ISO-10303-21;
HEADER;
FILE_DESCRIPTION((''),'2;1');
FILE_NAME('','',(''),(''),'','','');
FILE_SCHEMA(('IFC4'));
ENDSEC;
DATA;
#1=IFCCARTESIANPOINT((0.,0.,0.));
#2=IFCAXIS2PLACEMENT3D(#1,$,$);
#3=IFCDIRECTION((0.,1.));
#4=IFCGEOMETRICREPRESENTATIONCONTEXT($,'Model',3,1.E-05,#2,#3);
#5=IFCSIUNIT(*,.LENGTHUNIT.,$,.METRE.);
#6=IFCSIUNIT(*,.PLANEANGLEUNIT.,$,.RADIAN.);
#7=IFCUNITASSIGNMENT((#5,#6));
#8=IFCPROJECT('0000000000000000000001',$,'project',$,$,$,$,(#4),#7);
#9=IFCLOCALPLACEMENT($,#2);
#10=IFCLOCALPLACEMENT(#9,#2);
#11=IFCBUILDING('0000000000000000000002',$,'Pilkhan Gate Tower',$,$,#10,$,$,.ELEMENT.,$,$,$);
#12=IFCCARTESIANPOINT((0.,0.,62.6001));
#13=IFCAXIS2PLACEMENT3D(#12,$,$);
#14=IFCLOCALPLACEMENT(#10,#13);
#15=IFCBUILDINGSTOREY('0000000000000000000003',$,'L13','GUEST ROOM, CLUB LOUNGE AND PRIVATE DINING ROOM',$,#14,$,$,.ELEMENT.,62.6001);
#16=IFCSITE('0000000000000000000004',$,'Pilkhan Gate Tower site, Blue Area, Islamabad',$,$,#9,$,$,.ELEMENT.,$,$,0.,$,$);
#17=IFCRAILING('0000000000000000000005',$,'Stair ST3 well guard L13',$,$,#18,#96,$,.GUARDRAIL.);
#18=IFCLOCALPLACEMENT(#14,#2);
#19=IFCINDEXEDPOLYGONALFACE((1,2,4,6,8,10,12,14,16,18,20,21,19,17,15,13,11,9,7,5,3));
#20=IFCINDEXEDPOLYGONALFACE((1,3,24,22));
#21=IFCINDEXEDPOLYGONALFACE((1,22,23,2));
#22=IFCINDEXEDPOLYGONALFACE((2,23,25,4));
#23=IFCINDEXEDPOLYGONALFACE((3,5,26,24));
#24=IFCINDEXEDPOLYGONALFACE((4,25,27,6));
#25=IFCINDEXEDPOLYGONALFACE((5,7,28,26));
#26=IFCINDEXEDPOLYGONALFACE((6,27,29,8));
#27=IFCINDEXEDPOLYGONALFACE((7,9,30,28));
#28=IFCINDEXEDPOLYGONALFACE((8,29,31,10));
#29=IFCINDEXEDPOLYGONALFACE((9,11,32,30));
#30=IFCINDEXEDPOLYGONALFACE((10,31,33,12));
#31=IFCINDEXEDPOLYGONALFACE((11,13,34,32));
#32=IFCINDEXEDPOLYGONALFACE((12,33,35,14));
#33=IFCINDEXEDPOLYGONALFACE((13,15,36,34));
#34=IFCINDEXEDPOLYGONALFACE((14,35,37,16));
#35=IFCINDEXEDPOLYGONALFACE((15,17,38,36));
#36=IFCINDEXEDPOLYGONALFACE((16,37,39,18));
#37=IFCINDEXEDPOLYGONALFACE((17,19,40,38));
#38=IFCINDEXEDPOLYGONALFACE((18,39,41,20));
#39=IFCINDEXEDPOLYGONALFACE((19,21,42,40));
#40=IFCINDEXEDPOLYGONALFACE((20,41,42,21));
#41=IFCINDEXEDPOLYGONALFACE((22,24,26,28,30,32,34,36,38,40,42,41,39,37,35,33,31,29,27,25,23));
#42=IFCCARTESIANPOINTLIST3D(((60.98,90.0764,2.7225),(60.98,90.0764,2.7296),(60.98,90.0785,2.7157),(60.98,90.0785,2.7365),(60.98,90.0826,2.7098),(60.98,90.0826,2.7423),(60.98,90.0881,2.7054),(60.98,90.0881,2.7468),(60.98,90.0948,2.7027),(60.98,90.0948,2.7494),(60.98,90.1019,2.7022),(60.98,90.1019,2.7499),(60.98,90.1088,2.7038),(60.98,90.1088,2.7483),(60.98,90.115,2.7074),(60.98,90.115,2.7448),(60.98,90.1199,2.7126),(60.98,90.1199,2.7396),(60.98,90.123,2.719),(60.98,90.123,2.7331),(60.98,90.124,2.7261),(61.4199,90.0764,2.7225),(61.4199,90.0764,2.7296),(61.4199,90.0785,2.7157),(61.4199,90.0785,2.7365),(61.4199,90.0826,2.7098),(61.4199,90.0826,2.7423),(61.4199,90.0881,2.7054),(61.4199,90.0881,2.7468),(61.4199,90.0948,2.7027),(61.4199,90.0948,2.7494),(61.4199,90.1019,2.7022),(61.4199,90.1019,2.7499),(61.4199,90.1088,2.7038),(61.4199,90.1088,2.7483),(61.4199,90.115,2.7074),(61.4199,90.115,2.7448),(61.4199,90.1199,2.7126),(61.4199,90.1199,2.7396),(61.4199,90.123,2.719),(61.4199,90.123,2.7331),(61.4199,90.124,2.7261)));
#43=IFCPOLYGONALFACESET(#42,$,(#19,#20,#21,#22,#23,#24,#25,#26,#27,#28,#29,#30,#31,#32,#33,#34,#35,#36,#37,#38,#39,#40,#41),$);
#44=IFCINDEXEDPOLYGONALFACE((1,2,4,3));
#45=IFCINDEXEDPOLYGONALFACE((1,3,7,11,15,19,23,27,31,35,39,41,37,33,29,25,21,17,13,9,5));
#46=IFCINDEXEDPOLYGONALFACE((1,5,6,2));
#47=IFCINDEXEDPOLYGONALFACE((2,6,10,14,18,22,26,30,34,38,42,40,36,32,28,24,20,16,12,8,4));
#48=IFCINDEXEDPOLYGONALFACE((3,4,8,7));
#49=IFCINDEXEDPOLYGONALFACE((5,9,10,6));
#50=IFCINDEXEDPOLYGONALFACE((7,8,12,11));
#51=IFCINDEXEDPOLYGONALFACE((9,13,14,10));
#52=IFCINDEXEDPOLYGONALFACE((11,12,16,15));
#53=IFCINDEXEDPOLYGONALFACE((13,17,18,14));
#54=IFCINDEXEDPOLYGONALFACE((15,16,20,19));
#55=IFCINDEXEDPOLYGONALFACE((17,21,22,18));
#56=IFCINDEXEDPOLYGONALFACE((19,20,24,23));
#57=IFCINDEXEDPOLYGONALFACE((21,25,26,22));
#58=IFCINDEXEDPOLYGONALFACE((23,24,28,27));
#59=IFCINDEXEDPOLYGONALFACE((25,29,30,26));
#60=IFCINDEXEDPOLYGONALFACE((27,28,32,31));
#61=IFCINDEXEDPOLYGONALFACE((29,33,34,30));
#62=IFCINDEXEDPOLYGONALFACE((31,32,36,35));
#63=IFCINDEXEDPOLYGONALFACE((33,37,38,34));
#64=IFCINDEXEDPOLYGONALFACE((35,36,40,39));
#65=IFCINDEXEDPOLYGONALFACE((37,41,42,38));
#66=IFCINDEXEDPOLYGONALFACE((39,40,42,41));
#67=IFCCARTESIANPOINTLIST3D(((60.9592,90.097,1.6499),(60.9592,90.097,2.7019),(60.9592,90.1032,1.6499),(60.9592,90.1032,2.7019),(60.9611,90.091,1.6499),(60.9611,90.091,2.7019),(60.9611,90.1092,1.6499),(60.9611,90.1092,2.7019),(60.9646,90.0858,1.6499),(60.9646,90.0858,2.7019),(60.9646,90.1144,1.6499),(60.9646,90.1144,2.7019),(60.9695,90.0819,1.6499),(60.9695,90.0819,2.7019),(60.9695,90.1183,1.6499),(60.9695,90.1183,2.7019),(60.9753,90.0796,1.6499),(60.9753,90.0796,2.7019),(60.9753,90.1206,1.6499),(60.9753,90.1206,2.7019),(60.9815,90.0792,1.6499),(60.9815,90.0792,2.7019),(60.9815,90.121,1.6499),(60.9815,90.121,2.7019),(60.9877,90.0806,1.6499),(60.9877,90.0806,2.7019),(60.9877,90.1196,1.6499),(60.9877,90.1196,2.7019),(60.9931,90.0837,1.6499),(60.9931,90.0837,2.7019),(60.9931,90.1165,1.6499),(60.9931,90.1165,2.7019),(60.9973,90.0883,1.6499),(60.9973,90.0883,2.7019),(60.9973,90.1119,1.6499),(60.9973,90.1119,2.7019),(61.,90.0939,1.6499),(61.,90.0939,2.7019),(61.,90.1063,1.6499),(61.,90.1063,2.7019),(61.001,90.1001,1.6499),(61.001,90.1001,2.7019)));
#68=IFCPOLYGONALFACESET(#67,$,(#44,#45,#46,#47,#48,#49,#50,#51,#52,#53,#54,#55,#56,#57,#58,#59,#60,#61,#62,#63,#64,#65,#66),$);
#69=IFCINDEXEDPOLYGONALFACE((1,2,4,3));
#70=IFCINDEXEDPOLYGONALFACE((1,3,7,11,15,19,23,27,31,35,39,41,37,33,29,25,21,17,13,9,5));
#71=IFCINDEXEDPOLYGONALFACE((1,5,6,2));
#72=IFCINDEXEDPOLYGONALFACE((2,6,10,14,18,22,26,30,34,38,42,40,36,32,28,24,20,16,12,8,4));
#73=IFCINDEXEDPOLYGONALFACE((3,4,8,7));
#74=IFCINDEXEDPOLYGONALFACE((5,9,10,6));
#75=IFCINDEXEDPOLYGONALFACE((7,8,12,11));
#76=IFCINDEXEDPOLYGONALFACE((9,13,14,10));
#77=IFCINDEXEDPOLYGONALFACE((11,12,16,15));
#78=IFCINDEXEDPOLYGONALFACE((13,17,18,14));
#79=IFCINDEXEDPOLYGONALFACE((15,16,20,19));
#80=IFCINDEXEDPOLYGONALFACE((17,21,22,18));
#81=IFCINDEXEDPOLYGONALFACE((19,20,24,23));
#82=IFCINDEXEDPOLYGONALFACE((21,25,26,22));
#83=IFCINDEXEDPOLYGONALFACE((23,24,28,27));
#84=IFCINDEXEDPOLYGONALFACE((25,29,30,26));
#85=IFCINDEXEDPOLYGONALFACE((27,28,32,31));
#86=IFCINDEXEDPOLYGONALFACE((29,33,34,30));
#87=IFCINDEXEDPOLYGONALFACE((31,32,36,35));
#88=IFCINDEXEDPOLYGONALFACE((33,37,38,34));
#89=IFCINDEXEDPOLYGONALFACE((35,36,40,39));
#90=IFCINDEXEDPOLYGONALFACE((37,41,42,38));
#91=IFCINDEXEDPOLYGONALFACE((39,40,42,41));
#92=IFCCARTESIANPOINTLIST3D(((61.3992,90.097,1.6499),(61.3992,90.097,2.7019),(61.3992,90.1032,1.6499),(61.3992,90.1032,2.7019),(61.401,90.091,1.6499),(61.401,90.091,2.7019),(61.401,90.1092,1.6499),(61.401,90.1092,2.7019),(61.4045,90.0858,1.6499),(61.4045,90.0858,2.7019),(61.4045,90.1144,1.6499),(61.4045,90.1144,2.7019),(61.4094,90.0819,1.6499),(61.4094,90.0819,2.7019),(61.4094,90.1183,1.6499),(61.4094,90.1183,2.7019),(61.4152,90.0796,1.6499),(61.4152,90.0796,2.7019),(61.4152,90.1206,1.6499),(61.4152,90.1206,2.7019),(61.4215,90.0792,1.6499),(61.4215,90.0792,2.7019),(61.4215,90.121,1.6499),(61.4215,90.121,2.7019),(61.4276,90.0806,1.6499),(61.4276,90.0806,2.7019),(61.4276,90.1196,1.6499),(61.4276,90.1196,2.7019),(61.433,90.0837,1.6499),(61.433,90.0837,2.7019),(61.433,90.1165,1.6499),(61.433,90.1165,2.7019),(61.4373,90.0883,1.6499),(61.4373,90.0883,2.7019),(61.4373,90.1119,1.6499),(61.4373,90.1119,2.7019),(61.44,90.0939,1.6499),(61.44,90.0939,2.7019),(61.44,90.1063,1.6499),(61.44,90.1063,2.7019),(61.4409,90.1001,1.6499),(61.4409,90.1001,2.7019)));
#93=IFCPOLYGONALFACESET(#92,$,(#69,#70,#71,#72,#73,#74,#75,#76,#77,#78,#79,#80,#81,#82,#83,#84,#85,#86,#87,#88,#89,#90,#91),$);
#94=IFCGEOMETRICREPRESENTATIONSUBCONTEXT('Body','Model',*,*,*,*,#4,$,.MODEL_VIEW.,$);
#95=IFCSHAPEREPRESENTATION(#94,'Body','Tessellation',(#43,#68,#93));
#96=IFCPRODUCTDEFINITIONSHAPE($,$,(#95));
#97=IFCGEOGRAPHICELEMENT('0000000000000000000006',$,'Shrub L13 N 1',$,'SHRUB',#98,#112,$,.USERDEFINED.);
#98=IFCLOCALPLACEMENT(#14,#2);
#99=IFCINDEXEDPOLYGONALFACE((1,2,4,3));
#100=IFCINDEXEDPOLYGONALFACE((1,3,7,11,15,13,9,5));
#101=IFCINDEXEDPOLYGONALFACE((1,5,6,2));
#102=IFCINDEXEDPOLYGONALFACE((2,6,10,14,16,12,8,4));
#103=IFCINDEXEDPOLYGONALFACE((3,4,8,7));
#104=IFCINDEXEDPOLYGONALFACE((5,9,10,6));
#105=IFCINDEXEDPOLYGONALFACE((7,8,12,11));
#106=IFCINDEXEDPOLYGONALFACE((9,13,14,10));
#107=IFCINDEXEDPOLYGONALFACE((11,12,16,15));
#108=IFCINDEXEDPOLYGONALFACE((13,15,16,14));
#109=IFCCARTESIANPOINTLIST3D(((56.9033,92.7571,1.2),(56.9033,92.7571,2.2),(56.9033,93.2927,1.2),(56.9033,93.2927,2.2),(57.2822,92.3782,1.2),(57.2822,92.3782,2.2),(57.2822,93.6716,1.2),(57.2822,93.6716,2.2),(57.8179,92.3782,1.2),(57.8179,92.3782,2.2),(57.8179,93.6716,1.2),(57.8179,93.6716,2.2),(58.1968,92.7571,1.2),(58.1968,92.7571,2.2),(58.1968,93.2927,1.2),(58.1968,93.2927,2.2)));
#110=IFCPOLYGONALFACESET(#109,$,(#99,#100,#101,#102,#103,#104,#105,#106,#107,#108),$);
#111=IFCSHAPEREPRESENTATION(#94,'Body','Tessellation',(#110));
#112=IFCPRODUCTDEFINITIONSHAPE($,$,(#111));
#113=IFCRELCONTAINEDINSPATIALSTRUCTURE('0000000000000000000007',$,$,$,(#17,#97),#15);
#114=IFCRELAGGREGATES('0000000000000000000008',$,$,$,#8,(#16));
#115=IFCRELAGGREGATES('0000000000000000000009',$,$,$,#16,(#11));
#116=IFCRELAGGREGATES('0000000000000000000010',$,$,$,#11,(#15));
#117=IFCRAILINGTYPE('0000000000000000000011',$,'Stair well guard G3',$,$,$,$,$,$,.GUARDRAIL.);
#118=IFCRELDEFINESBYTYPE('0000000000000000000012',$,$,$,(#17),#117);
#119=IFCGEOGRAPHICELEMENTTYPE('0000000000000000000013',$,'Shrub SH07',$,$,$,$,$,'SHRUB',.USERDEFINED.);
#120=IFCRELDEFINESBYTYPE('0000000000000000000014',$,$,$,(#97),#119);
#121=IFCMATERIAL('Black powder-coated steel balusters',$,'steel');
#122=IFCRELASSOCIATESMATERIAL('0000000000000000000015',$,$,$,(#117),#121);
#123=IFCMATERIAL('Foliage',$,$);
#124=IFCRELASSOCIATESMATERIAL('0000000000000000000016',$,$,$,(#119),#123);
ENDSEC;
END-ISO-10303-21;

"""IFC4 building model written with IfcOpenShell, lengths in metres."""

from ifc_helpers import new_model, si_unit, direction, frame, origin, origin_2d, place, context, subcontext, project, spatial, polyline, circle, outline, extrude, material, material_profile, profile_set, type_object, element, save


model = new_model("IFC4")

# Units and contexts
model_context = context("Model", 3, precision=1e-05, world=origin(), true_north=direction((0.0, 1.0)))
body_context = subcontext(model_context, "Body", "Model", "MODEL_VIEW")
ifc_project = project(units=[si_unit("LENGTHUNIT", "METRE"), si_unit("PLANEANGLEUNIT", "RADIAN")], contexts=[model_context])

# Site, building, storey
site_placement = place(None, origin())
site = spatial("IfcSite", under=ifc_project, at=site_placement, Name="Pilkhan Gate Tower site, Blue Area, Islamabad", CompositionType="ELEMENT", RefElevation=0.0)
building_placement = place(site_placement, origin())
building = spatial("IfcBuilding", under=site, at=building_placement, Name="Pilkhan Gate Tower", CompositionType="ELEMENT")
storey_placement = place(building_placement, frame((0.0, 0.0, 62.6001)))
storey = spatial("IfcBuildingStorey", under=building, at=storey_placement, Name="L13", Description="GUEST ROOM, CLUB LOUNGE AND PRIVATE DINING ROOM", CompositionType="ELEMENT", Elevation=62.6001)

# Railing
ifc_material_1 = material(Name="Black powder-coated steel balusters", Category="steel")
railing_type_1 = type_object("IfcRailingType", Name="Stair well guard G3", PredefinedType="GUARDRAIL", material=ifc_material_1)
railing_1_placement = place(storey_placement, frame((60.98, 90.1001, 1.6499)))
element("IfcRailing", 1, at=railing_1_placement, inside=storey, type_object=railing_type_1, Name="Stair ST3 well guard L13", PredefinedType="GUARDRAIL", context=body_context, shape_type="SweptSolid", body=[
    extrude(circle(Radius=0.0239, at=origin_2d()), frame((0.0, 0.0, 1.0762), z_axis=(1.0, 0.0, 0.0), x_axis=(0.0, 1.0, 0.0)), (0.0, 0.0, 1.0), 0.4399),
    extrude(circle(Radius=0.021, at=origin_2d()), origin(), (0.0, 0.0, 1.0), 1.052),
    extrude(circle(Radius=0.021, at=origin_2d()), frame((0.4399, 0.0, 0.0)), (0.0, 0.0, 1.0), 1.052),
])

# Geographic element
ifc_material_2 = material(Name="Foliage")
ifc_material_profile_1 = material_profile(ifc_material_2, outline(polyline([(0.6467, 0.2678), (0.2678, 0.6467), (-0.2678, 0.6467), (-0.6467, 0.2678), (-0.6467, -0.2678), (-0.2678, -0.6467), (0.2678, -0.6467), (0.6467, -0.2678), (0.6467, 0.2678)])), Name="Shrub D1.4")
ifc_profile_set_1 = profile_set([ifc_material_profile_1], Name="Foliage")
geographic_element_type = type_object("IfcGeographicElementType", Name="Shrub SH07", ElementType="SHRUB", PredefinedType="USERDEFINED", material=ifc_profile_set_1)
geographic_element_placement = place(storey_placement, frame((57.55, 93.0249, 1.2), z_axis=(0.0, 0.0, 1.0), x_axis=(1.0, 0.0, 0.0)))
element("IfcGeographicElement", 2, at=geographic_element_placement, inside=storey, type_object=geographic_element_type, Name="Shrub L13 N 1", ObjectType="SHRUB", PredefinedType="USERDEFINED", context=body_context, shape_type="SweptSolid", body=[
    extrude(outline(polyline([(0.6467, 0.2678), (0.2678, 0.6467), (-0.2678, 0.6467), (-0.6467, 0.2678), (-0.6467, -0.2678), (-0.2678, -0.6467), (0.2678, -0.6467), (0.6467, -0.2678), (0.6467, 0.2678)])), origin(), (0.0, 0.0, 1.0), 1.0),
])

save(model, "model.ifc")
